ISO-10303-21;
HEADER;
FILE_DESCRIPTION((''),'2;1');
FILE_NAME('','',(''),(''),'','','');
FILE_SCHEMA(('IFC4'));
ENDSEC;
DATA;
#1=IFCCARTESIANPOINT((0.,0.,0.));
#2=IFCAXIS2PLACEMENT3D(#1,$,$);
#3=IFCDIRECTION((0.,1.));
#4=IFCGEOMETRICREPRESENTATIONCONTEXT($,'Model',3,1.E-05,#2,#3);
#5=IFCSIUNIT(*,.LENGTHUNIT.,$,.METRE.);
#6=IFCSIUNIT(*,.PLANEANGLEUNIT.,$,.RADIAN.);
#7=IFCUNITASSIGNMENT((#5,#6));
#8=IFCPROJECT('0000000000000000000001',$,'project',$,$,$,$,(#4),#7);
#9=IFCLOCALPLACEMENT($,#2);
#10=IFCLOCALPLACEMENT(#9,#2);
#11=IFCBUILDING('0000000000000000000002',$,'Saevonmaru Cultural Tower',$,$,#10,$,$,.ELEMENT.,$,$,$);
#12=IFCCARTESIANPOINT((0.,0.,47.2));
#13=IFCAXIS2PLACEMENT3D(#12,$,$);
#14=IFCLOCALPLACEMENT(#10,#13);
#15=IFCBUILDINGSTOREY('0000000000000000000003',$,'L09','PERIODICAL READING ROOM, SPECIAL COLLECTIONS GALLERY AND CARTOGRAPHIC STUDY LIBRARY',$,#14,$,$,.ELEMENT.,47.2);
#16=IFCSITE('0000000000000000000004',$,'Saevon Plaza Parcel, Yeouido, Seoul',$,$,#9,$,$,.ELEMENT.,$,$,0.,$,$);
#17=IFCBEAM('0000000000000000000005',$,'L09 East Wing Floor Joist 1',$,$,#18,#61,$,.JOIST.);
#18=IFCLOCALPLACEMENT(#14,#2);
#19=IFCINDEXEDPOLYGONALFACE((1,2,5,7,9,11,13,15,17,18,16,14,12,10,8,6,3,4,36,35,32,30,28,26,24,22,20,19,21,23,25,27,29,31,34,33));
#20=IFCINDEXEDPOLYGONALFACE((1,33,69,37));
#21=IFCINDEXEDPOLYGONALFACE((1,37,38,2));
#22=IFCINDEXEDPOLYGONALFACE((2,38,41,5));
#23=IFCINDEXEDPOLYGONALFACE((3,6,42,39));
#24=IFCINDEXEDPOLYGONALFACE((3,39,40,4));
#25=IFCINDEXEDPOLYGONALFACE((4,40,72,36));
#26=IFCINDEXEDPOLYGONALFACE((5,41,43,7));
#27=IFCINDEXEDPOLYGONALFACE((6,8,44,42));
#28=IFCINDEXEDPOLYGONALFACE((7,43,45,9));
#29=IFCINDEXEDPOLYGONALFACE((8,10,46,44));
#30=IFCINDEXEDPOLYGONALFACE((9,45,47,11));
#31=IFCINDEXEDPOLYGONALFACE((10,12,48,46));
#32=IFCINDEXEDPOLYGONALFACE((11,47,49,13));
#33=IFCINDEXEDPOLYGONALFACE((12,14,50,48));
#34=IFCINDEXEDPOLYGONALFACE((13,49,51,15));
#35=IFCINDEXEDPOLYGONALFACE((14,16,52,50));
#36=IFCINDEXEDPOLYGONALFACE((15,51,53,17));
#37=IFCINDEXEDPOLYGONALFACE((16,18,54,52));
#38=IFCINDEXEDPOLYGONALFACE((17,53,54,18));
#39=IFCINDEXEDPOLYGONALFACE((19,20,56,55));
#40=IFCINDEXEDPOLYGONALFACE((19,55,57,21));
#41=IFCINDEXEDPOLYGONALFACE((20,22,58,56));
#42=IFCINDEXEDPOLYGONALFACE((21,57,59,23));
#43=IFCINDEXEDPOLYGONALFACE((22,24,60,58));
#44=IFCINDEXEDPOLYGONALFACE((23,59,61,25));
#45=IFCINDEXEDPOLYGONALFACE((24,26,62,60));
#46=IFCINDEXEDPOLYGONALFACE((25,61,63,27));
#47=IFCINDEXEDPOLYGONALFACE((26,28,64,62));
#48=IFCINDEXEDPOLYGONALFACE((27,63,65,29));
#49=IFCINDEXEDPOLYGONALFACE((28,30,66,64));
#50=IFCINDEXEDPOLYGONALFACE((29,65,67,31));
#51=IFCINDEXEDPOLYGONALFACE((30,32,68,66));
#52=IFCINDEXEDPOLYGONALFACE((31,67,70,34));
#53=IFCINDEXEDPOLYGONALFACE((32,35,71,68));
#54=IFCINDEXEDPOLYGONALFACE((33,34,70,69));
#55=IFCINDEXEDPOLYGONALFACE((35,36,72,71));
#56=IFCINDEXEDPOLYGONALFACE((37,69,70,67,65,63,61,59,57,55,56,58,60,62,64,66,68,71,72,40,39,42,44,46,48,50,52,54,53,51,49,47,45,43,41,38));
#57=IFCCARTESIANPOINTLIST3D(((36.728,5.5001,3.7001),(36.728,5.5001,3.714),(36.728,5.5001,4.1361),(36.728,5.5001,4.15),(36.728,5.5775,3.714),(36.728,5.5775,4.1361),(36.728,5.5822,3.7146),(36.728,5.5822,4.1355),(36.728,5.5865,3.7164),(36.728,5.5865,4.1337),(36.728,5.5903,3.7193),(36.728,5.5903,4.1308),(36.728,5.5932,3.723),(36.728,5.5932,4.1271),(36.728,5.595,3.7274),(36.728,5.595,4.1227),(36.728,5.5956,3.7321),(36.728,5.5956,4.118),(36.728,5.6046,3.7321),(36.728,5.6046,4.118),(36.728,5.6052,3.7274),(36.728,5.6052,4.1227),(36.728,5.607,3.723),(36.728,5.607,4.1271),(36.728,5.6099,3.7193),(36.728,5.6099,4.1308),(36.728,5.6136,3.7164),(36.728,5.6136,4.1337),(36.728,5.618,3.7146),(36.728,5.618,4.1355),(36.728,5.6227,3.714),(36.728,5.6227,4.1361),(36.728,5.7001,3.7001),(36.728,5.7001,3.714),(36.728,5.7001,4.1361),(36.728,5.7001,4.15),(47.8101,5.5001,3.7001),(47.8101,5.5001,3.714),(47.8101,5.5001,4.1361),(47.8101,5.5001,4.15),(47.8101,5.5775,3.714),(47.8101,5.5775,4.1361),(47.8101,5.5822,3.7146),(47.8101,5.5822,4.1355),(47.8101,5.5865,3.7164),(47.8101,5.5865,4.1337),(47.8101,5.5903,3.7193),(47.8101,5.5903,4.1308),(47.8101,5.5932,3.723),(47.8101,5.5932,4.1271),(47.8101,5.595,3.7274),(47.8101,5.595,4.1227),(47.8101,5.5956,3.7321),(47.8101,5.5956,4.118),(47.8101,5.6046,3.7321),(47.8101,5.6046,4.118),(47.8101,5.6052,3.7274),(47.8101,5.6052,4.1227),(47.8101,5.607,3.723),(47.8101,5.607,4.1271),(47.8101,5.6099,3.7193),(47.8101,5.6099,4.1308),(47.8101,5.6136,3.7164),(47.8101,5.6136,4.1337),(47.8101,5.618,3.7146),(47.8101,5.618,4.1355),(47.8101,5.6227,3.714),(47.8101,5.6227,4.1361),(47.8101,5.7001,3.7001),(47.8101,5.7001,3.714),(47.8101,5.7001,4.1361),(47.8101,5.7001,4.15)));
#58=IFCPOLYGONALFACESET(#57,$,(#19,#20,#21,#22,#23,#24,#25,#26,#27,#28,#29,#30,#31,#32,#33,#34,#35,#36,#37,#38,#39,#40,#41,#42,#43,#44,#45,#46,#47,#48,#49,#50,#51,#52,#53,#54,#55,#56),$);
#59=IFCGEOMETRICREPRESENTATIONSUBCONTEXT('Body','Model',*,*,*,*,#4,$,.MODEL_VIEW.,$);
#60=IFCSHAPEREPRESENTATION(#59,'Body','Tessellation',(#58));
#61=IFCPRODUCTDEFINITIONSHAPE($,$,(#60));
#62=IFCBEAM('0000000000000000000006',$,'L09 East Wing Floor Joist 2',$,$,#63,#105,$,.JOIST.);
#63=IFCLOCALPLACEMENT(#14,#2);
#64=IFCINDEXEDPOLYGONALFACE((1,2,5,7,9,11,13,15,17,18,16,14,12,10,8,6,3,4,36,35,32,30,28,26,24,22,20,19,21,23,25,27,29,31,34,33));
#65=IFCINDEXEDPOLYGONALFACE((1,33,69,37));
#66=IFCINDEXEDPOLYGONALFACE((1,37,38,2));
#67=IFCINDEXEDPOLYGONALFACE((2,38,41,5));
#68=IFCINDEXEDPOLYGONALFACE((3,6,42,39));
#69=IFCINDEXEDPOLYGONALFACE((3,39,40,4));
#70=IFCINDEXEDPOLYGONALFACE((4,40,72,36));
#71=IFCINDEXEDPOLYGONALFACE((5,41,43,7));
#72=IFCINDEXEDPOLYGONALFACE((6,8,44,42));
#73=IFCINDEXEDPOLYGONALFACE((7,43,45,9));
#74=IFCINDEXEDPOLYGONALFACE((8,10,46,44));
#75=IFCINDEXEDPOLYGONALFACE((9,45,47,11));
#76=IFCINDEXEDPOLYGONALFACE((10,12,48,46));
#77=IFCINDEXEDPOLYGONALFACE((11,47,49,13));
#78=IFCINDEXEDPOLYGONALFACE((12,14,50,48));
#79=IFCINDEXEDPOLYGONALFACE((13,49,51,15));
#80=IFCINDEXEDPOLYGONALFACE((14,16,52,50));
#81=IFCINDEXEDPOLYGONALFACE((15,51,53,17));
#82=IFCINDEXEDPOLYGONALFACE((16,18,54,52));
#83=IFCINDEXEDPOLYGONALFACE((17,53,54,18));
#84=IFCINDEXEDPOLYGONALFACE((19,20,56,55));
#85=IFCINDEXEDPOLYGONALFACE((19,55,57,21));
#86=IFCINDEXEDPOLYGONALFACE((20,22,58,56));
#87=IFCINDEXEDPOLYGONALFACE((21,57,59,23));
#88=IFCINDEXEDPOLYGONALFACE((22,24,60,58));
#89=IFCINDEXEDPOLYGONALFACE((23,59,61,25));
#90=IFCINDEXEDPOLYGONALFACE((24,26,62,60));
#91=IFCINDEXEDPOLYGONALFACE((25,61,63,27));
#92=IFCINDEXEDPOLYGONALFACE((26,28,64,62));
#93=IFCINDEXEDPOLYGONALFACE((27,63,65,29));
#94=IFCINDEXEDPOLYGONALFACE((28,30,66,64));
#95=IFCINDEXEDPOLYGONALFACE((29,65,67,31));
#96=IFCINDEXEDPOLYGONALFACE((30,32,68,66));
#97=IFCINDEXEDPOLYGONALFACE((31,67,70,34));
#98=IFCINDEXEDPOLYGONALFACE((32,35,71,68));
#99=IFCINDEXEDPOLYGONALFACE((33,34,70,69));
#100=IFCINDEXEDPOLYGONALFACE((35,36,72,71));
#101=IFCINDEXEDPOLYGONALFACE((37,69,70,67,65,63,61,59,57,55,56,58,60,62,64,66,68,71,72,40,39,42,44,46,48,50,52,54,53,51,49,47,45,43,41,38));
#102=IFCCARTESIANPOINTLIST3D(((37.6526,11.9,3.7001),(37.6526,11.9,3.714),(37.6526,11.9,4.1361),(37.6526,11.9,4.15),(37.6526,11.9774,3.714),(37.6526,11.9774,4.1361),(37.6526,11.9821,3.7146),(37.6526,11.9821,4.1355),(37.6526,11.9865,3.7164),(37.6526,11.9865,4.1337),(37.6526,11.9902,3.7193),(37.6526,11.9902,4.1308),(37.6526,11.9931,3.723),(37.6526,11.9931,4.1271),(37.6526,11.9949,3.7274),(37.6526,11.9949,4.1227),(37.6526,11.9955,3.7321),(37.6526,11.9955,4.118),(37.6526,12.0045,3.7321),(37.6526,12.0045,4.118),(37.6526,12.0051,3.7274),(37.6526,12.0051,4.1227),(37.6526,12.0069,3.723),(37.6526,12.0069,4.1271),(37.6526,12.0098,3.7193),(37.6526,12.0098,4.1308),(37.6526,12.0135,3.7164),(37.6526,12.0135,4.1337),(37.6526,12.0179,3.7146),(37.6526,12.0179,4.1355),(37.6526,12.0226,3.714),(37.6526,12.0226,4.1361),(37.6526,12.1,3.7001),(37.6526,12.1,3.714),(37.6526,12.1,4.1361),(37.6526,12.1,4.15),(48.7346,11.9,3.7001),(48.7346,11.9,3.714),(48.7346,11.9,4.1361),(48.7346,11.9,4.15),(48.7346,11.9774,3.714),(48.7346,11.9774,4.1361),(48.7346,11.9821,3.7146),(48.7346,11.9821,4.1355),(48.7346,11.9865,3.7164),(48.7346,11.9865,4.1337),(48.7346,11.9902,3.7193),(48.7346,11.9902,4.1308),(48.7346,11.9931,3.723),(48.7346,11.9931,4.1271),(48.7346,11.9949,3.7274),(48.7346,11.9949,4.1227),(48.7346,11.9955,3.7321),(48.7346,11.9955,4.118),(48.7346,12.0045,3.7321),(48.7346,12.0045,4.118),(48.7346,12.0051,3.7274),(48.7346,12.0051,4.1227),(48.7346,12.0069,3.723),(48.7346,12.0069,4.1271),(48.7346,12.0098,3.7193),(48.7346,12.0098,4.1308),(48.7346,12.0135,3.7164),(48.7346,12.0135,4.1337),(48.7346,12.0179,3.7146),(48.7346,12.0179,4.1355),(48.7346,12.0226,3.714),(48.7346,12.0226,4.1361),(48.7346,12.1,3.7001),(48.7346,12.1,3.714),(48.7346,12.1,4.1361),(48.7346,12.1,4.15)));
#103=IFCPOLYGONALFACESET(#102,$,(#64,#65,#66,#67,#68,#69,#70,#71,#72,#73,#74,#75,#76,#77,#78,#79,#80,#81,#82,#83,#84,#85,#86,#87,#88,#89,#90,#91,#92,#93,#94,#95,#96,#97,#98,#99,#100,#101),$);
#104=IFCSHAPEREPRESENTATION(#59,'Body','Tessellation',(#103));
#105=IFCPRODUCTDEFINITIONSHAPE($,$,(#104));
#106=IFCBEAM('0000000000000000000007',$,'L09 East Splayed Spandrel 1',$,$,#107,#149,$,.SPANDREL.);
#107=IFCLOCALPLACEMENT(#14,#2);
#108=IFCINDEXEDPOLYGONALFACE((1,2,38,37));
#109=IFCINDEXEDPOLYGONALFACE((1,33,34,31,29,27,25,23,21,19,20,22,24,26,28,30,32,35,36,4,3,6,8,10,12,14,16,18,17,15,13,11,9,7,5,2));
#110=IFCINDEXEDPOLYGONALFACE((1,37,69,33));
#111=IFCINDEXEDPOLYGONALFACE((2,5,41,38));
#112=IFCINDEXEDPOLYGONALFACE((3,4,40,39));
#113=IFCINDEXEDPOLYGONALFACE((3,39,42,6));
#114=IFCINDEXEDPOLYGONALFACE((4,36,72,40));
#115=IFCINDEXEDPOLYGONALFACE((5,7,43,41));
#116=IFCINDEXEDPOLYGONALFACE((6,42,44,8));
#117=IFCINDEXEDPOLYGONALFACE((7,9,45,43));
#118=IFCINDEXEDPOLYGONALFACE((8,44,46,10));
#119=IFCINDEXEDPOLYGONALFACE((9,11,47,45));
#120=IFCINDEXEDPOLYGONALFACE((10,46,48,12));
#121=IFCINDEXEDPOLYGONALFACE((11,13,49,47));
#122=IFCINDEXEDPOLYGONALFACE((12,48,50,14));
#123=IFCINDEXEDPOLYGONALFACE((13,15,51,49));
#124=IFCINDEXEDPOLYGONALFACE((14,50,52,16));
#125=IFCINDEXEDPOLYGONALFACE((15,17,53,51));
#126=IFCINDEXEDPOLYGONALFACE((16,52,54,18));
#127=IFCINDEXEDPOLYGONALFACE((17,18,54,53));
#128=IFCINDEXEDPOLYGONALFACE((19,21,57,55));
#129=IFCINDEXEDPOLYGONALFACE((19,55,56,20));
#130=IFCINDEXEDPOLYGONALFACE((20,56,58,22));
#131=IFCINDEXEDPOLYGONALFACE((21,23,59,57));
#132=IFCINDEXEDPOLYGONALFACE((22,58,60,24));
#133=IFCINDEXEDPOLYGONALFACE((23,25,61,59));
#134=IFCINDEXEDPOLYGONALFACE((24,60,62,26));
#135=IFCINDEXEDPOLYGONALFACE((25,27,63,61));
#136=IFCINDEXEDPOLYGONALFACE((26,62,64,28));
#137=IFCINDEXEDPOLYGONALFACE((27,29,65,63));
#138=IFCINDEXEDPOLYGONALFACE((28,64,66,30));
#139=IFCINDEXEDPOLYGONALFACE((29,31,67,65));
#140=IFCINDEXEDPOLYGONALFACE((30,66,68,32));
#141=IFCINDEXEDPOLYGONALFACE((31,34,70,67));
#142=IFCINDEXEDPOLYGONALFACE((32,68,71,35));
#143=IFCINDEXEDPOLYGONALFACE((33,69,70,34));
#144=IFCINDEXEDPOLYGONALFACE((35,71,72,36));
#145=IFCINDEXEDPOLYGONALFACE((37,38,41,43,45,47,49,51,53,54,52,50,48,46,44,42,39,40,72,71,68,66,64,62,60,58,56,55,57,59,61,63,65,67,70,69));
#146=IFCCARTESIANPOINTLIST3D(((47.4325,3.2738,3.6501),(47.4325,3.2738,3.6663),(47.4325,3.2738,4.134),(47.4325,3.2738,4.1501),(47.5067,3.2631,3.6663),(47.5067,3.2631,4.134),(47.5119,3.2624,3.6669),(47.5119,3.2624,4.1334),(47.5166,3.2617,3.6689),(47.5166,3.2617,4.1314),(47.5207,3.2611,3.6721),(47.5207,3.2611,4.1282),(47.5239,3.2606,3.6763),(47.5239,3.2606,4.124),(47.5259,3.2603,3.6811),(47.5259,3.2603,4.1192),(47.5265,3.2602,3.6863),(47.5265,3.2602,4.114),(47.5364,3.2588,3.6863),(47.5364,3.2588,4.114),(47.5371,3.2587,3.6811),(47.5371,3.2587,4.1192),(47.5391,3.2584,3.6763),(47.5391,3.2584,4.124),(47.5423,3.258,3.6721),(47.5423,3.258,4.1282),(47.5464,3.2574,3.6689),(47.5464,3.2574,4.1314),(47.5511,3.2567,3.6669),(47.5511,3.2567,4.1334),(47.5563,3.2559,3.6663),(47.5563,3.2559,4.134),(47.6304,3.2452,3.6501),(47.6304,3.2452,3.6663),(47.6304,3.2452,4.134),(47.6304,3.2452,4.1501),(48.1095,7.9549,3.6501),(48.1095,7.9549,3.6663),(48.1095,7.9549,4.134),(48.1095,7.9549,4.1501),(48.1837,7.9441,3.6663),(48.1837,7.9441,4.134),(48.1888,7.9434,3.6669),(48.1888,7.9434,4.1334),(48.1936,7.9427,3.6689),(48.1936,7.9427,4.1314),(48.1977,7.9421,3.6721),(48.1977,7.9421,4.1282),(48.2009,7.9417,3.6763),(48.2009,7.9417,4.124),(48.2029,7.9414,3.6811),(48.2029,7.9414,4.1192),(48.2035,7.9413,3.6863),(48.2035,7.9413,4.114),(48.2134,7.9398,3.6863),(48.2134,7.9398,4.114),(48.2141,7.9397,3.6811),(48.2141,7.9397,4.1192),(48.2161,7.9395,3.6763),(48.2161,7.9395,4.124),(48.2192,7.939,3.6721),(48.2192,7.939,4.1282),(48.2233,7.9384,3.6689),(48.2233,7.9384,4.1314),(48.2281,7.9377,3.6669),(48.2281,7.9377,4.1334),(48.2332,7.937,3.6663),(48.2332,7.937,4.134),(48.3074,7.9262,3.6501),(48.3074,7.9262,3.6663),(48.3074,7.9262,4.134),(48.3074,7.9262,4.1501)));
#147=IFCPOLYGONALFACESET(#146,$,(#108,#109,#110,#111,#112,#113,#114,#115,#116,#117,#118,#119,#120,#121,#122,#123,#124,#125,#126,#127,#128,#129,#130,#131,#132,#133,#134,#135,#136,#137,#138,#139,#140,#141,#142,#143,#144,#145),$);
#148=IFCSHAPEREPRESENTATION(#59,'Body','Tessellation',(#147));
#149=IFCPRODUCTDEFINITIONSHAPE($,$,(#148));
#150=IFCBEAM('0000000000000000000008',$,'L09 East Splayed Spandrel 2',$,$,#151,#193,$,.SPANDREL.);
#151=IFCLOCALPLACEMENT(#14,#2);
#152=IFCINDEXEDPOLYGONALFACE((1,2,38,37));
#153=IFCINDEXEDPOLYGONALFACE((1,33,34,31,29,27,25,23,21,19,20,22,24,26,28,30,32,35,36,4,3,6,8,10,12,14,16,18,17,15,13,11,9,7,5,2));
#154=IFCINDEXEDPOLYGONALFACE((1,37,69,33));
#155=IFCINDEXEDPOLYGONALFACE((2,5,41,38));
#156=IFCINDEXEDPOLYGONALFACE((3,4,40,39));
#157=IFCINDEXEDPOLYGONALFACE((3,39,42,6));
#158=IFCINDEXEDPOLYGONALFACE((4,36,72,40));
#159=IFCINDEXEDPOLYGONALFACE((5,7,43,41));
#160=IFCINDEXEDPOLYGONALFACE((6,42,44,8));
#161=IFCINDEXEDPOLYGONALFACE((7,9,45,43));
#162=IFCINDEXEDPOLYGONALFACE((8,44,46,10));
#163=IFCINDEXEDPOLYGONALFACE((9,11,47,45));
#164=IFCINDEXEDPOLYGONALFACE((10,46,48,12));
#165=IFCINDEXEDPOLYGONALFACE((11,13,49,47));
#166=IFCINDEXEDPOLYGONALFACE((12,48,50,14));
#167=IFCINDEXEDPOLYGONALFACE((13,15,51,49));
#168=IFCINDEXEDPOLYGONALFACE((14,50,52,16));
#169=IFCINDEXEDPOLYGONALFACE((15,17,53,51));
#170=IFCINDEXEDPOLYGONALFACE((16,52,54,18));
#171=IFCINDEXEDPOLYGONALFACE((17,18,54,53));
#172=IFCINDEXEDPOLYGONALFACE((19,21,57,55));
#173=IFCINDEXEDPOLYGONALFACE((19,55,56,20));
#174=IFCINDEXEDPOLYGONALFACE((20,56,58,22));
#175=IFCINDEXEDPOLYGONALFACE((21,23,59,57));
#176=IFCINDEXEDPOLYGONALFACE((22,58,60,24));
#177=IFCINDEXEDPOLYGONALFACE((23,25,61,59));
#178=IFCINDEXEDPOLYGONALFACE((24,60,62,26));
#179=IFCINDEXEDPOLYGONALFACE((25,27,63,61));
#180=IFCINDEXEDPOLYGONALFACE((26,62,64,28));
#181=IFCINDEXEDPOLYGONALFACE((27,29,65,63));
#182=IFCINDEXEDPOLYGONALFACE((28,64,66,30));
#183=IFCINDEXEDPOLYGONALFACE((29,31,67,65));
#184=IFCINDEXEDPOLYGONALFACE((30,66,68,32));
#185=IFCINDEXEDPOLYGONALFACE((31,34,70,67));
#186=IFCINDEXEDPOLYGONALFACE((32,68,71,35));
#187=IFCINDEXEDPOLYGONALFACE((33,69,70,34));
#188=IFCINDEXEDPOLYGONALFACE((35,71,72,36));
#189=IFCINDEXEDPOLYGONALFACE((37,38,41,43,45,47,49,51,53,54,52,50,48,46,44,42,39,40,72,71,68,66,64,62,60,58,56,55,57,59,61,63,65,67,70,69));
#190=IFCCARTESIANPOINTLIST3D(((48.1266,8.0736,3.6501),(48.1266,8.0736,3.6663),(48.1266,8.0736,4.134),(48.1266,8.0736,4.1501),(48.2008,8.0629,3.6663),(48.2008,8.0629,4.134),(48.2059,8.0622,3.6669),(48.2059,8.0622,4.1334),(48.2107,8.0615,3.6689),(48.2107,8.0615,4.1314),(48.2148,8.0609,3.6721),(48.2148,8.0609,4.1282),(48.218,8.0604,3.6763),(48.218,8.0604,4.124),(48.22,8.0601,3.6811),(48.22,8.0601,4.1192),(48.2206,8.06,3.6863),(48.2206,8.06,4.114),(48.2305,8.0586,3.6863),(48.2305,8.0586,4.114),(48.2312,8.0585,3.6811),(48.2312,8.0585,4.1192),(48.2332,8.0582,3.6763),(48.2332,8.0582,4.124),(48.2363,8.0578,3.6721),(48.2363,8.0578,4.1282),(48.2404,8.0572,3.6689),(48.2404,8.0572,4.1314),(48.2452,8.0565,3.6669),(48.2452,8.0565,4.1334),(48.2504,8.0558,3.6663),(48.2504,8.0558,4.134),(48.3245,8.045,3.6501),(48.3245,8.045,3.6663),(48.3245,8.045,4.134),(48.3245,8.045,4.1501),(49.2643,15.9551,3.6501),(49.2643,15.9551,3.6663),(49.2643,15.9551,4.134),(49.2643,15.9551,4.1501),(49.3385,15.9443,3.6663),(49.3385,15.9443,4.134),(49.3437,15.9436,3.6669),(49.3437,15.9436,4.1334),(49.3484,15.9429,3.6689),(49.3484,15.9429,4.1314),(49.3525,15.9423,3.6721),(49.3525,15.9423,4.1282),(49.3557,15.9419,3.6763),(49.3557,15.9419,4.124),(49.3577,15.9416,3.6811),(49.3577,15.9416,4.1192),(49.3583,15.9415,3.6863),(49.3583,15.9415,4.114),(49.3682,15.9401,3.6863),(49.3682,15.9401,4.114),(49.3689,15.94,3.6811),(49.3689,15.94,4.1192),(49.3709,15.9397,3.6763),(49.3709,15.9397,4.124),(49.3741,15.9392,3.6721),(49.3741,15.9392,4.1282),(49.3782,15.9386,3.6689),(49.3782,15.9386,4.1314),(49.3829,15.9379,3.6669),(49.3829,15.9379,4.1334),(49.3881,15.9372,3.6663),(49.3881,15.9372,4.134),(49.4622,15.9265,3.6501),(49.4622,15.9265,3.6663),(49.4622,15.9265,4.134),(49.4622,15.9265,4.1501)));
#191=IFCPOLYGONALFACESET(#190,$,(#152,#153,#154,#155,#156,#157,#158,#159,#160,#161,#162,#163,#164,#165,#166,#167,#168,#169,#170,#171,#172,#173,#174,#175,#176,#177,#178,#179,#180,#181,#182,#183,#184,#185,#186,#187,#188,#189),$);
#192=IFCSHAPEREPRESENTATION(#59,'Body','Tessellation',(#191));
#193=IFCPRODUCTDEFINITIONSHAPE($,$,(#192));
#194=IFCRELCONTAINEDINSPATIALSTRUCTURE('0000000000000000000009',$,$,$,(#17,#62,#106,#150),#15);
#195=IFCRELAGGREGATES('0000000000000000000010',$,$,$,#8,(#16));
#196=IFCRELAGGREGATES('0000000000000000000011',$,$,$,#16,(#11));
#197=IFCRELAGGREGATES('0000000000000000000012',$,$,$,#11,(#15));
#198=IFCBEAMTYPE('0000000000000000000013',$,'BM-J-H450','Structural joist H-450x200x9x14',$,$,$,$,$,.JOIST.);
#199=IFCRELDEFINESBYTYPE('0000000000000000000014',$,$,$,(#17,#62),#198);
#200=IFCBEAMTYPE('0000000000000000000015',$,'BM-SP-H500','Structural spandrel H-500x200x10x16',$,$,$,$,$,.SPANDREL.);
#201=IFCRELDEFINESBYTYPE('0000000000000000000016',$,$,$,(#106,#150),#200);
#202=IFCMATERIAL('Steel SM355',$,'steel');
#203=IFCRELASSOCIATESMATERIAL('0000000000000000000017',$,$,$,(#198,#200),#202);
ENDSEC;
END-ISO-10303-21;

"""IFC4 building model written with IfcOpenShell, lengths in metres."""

from ifc_helpers import new_model, si_unit, direction, frame, origin, origin_2d, place, context, subcontext, project, spatial, i_section, extrude, material, material_profile, profile_set, type_object, element, save


model = new_model("IFC4")

# Units and contexts
model_context = context("Model", 3, precision=1e-05, world=origin(), true_north=direction((0.0, 1.0)))
body_context = subcontext(model_context, "Body", "Model", "MODEL_VIEW")
ifc_project = project(units=[si_unit("LENGTHUNIT", "METRE"), si_unit("PLANEANGLEUNIT", "RADIAN")], contexts=[model_context])

# Site, building, storey
site_placement = place(None, origin())
site = spatial("IfcSite", under=ifc_project, at=site_placement, Name="Saevon Plaza Parcel, Yeouido, Seoul", CompositionType="ELEMENT", RefElevation=0.0)
building_placement = place(site_placement, origin())
building = spatial("IfcBuilding", under=site, at=building_placement, Name="Saevonmaru Cultural Tower", CompositionType="ELEMENT")
storey_placement = place(building_placement, frame((0.0, 0.0, 47.2)))
storey = spatial("IfcBuildingStorey", under=building, at=storey_placement, Name="L09", Description="PERIODICAL READING ROOM, SPECIAL COLLECTIONS GALLERY AND CARTOGRAPHIC STUDY LIBRARY", CompositionType="ELEMENT", Elevation=47.2)

# Beams
ifc_material_1 = material(Name="Steel SM355", Category="steel")
ifc_material_profile_1 = material_profile(ifc_material_1, i_section(OverallWidth=0.2, OverallDepth=0.45, WebThickness=0.009, FlangeThickness=0.0139, FilletRadius=0.0181, at=origin_2d()), Name="H-450x200x9x14")
ifc_profile_set_1 = profile_set([ifc_material_profile_1], Name="Steel SM355")
beam_type_1 = type_object("IfcBeamType", Name="BM-J-H450", Description="Structural joist H-450x200x9x14", PredefinedType="JOIST", material=ifc_profile_set_1)
for number, where, z_axis, x_axis, name in (
    (1, (36.728, 5.6001, 3.925), (1.0, 0.0, 0.0), (0.0, 1.0, 0.0), "L09 East Wing Floor Joist 1"),
    (2, (37.6526, 12.0, 3.925), (1.0, 0.0, 0.0), (0.0, 1.0, 0.0), "L09 East Wing Floor Joist 2"),
):
    element("IfcBeam", number, at=place(storey_placement, frame(where, z_axis=z_axis, x_axis=x_axis)), inside=storey, type_object=beam_type_1, Name=name, PredefinedType="JOIST", context=body_context, shape_type="SweptSolid", body=[
        extrude(i_section(OverallWidth=0.2, OverallDepth=0.45, WebThickness=0.009, FlangeThickness=0.0139, FilletRadius=0.0181, at=origin_2d()), origin(), (0.0, 0.0, 1.0), 11.082),
    ])
ifc_material_profile_2 = material_profile(ifc_material_1, i_section(OverallWidth=0.2, OverallDepth=0.5, WebThickness=0.01, FlangeThickness=0.0161, FilletRadius=0.02, at=origin_2d()), Name="H-500x200x10x16")
ifc_profile_set_2 = profile_set([ifc_material_profile_2], Name="Steel SM355")
beam_type_2 = type_object("IfcBeamType", Name="BM-SP-H500", Description="Structural spandrel H-500x200x10x16", PredefinedType="SPANDREL", material=ifc_profile_set_2)
beam_1_placement = place(storey_placement, frame((47.5315, 3.2595, 3.9001), z_axis=(0.143134, 0.989703, 0.0), x_axis=(-0.989703, 0.143134, 0.0)))
element("IfcBeam", 3, at=beam_1_placement, inside=storey, type_object=beam_type_2, Name="L09 East Splayed Spandrel 1", PredefinedType="SPANDREL", context=body_context, shape_type="SweptSolid", body=[
    extrude(i_section(OverallWidth=0.2, OverallDepth=0.5, WebThickness=0.01, FlangeThickness=0.0161, FilletRadius=0.02, at=origin_2d()), origin(), (0.0, 0.0, 1.0), 4.7297),
])
beam_2_placement = place(storey_placement, frame((48.2256, 8.0593, 3.9001), z_axis=(0.142872, 0.989741, 0.0), x_axis=(-0.989741, 0.142872, 0.0)))
element("IfcBeam", 4, at=beam_2_placement, inside=storey, type_object=beam_type_2, Name="L09 East Splayed Spandrel 2", PredefinedType="SPANDREL", context=body_context, shape_type="SweptSolid", body=[
    extrude(i_section(OverallWidth=0.2, OverallDepth=0.5, WebThickness=0.01, FlangeThickness=0.0161, FilletRadius=0.02, at=origin_2d()), origin(), (0.0, 0.0, 1.0), 7.9631),
])

save(model, "model.ifc")
